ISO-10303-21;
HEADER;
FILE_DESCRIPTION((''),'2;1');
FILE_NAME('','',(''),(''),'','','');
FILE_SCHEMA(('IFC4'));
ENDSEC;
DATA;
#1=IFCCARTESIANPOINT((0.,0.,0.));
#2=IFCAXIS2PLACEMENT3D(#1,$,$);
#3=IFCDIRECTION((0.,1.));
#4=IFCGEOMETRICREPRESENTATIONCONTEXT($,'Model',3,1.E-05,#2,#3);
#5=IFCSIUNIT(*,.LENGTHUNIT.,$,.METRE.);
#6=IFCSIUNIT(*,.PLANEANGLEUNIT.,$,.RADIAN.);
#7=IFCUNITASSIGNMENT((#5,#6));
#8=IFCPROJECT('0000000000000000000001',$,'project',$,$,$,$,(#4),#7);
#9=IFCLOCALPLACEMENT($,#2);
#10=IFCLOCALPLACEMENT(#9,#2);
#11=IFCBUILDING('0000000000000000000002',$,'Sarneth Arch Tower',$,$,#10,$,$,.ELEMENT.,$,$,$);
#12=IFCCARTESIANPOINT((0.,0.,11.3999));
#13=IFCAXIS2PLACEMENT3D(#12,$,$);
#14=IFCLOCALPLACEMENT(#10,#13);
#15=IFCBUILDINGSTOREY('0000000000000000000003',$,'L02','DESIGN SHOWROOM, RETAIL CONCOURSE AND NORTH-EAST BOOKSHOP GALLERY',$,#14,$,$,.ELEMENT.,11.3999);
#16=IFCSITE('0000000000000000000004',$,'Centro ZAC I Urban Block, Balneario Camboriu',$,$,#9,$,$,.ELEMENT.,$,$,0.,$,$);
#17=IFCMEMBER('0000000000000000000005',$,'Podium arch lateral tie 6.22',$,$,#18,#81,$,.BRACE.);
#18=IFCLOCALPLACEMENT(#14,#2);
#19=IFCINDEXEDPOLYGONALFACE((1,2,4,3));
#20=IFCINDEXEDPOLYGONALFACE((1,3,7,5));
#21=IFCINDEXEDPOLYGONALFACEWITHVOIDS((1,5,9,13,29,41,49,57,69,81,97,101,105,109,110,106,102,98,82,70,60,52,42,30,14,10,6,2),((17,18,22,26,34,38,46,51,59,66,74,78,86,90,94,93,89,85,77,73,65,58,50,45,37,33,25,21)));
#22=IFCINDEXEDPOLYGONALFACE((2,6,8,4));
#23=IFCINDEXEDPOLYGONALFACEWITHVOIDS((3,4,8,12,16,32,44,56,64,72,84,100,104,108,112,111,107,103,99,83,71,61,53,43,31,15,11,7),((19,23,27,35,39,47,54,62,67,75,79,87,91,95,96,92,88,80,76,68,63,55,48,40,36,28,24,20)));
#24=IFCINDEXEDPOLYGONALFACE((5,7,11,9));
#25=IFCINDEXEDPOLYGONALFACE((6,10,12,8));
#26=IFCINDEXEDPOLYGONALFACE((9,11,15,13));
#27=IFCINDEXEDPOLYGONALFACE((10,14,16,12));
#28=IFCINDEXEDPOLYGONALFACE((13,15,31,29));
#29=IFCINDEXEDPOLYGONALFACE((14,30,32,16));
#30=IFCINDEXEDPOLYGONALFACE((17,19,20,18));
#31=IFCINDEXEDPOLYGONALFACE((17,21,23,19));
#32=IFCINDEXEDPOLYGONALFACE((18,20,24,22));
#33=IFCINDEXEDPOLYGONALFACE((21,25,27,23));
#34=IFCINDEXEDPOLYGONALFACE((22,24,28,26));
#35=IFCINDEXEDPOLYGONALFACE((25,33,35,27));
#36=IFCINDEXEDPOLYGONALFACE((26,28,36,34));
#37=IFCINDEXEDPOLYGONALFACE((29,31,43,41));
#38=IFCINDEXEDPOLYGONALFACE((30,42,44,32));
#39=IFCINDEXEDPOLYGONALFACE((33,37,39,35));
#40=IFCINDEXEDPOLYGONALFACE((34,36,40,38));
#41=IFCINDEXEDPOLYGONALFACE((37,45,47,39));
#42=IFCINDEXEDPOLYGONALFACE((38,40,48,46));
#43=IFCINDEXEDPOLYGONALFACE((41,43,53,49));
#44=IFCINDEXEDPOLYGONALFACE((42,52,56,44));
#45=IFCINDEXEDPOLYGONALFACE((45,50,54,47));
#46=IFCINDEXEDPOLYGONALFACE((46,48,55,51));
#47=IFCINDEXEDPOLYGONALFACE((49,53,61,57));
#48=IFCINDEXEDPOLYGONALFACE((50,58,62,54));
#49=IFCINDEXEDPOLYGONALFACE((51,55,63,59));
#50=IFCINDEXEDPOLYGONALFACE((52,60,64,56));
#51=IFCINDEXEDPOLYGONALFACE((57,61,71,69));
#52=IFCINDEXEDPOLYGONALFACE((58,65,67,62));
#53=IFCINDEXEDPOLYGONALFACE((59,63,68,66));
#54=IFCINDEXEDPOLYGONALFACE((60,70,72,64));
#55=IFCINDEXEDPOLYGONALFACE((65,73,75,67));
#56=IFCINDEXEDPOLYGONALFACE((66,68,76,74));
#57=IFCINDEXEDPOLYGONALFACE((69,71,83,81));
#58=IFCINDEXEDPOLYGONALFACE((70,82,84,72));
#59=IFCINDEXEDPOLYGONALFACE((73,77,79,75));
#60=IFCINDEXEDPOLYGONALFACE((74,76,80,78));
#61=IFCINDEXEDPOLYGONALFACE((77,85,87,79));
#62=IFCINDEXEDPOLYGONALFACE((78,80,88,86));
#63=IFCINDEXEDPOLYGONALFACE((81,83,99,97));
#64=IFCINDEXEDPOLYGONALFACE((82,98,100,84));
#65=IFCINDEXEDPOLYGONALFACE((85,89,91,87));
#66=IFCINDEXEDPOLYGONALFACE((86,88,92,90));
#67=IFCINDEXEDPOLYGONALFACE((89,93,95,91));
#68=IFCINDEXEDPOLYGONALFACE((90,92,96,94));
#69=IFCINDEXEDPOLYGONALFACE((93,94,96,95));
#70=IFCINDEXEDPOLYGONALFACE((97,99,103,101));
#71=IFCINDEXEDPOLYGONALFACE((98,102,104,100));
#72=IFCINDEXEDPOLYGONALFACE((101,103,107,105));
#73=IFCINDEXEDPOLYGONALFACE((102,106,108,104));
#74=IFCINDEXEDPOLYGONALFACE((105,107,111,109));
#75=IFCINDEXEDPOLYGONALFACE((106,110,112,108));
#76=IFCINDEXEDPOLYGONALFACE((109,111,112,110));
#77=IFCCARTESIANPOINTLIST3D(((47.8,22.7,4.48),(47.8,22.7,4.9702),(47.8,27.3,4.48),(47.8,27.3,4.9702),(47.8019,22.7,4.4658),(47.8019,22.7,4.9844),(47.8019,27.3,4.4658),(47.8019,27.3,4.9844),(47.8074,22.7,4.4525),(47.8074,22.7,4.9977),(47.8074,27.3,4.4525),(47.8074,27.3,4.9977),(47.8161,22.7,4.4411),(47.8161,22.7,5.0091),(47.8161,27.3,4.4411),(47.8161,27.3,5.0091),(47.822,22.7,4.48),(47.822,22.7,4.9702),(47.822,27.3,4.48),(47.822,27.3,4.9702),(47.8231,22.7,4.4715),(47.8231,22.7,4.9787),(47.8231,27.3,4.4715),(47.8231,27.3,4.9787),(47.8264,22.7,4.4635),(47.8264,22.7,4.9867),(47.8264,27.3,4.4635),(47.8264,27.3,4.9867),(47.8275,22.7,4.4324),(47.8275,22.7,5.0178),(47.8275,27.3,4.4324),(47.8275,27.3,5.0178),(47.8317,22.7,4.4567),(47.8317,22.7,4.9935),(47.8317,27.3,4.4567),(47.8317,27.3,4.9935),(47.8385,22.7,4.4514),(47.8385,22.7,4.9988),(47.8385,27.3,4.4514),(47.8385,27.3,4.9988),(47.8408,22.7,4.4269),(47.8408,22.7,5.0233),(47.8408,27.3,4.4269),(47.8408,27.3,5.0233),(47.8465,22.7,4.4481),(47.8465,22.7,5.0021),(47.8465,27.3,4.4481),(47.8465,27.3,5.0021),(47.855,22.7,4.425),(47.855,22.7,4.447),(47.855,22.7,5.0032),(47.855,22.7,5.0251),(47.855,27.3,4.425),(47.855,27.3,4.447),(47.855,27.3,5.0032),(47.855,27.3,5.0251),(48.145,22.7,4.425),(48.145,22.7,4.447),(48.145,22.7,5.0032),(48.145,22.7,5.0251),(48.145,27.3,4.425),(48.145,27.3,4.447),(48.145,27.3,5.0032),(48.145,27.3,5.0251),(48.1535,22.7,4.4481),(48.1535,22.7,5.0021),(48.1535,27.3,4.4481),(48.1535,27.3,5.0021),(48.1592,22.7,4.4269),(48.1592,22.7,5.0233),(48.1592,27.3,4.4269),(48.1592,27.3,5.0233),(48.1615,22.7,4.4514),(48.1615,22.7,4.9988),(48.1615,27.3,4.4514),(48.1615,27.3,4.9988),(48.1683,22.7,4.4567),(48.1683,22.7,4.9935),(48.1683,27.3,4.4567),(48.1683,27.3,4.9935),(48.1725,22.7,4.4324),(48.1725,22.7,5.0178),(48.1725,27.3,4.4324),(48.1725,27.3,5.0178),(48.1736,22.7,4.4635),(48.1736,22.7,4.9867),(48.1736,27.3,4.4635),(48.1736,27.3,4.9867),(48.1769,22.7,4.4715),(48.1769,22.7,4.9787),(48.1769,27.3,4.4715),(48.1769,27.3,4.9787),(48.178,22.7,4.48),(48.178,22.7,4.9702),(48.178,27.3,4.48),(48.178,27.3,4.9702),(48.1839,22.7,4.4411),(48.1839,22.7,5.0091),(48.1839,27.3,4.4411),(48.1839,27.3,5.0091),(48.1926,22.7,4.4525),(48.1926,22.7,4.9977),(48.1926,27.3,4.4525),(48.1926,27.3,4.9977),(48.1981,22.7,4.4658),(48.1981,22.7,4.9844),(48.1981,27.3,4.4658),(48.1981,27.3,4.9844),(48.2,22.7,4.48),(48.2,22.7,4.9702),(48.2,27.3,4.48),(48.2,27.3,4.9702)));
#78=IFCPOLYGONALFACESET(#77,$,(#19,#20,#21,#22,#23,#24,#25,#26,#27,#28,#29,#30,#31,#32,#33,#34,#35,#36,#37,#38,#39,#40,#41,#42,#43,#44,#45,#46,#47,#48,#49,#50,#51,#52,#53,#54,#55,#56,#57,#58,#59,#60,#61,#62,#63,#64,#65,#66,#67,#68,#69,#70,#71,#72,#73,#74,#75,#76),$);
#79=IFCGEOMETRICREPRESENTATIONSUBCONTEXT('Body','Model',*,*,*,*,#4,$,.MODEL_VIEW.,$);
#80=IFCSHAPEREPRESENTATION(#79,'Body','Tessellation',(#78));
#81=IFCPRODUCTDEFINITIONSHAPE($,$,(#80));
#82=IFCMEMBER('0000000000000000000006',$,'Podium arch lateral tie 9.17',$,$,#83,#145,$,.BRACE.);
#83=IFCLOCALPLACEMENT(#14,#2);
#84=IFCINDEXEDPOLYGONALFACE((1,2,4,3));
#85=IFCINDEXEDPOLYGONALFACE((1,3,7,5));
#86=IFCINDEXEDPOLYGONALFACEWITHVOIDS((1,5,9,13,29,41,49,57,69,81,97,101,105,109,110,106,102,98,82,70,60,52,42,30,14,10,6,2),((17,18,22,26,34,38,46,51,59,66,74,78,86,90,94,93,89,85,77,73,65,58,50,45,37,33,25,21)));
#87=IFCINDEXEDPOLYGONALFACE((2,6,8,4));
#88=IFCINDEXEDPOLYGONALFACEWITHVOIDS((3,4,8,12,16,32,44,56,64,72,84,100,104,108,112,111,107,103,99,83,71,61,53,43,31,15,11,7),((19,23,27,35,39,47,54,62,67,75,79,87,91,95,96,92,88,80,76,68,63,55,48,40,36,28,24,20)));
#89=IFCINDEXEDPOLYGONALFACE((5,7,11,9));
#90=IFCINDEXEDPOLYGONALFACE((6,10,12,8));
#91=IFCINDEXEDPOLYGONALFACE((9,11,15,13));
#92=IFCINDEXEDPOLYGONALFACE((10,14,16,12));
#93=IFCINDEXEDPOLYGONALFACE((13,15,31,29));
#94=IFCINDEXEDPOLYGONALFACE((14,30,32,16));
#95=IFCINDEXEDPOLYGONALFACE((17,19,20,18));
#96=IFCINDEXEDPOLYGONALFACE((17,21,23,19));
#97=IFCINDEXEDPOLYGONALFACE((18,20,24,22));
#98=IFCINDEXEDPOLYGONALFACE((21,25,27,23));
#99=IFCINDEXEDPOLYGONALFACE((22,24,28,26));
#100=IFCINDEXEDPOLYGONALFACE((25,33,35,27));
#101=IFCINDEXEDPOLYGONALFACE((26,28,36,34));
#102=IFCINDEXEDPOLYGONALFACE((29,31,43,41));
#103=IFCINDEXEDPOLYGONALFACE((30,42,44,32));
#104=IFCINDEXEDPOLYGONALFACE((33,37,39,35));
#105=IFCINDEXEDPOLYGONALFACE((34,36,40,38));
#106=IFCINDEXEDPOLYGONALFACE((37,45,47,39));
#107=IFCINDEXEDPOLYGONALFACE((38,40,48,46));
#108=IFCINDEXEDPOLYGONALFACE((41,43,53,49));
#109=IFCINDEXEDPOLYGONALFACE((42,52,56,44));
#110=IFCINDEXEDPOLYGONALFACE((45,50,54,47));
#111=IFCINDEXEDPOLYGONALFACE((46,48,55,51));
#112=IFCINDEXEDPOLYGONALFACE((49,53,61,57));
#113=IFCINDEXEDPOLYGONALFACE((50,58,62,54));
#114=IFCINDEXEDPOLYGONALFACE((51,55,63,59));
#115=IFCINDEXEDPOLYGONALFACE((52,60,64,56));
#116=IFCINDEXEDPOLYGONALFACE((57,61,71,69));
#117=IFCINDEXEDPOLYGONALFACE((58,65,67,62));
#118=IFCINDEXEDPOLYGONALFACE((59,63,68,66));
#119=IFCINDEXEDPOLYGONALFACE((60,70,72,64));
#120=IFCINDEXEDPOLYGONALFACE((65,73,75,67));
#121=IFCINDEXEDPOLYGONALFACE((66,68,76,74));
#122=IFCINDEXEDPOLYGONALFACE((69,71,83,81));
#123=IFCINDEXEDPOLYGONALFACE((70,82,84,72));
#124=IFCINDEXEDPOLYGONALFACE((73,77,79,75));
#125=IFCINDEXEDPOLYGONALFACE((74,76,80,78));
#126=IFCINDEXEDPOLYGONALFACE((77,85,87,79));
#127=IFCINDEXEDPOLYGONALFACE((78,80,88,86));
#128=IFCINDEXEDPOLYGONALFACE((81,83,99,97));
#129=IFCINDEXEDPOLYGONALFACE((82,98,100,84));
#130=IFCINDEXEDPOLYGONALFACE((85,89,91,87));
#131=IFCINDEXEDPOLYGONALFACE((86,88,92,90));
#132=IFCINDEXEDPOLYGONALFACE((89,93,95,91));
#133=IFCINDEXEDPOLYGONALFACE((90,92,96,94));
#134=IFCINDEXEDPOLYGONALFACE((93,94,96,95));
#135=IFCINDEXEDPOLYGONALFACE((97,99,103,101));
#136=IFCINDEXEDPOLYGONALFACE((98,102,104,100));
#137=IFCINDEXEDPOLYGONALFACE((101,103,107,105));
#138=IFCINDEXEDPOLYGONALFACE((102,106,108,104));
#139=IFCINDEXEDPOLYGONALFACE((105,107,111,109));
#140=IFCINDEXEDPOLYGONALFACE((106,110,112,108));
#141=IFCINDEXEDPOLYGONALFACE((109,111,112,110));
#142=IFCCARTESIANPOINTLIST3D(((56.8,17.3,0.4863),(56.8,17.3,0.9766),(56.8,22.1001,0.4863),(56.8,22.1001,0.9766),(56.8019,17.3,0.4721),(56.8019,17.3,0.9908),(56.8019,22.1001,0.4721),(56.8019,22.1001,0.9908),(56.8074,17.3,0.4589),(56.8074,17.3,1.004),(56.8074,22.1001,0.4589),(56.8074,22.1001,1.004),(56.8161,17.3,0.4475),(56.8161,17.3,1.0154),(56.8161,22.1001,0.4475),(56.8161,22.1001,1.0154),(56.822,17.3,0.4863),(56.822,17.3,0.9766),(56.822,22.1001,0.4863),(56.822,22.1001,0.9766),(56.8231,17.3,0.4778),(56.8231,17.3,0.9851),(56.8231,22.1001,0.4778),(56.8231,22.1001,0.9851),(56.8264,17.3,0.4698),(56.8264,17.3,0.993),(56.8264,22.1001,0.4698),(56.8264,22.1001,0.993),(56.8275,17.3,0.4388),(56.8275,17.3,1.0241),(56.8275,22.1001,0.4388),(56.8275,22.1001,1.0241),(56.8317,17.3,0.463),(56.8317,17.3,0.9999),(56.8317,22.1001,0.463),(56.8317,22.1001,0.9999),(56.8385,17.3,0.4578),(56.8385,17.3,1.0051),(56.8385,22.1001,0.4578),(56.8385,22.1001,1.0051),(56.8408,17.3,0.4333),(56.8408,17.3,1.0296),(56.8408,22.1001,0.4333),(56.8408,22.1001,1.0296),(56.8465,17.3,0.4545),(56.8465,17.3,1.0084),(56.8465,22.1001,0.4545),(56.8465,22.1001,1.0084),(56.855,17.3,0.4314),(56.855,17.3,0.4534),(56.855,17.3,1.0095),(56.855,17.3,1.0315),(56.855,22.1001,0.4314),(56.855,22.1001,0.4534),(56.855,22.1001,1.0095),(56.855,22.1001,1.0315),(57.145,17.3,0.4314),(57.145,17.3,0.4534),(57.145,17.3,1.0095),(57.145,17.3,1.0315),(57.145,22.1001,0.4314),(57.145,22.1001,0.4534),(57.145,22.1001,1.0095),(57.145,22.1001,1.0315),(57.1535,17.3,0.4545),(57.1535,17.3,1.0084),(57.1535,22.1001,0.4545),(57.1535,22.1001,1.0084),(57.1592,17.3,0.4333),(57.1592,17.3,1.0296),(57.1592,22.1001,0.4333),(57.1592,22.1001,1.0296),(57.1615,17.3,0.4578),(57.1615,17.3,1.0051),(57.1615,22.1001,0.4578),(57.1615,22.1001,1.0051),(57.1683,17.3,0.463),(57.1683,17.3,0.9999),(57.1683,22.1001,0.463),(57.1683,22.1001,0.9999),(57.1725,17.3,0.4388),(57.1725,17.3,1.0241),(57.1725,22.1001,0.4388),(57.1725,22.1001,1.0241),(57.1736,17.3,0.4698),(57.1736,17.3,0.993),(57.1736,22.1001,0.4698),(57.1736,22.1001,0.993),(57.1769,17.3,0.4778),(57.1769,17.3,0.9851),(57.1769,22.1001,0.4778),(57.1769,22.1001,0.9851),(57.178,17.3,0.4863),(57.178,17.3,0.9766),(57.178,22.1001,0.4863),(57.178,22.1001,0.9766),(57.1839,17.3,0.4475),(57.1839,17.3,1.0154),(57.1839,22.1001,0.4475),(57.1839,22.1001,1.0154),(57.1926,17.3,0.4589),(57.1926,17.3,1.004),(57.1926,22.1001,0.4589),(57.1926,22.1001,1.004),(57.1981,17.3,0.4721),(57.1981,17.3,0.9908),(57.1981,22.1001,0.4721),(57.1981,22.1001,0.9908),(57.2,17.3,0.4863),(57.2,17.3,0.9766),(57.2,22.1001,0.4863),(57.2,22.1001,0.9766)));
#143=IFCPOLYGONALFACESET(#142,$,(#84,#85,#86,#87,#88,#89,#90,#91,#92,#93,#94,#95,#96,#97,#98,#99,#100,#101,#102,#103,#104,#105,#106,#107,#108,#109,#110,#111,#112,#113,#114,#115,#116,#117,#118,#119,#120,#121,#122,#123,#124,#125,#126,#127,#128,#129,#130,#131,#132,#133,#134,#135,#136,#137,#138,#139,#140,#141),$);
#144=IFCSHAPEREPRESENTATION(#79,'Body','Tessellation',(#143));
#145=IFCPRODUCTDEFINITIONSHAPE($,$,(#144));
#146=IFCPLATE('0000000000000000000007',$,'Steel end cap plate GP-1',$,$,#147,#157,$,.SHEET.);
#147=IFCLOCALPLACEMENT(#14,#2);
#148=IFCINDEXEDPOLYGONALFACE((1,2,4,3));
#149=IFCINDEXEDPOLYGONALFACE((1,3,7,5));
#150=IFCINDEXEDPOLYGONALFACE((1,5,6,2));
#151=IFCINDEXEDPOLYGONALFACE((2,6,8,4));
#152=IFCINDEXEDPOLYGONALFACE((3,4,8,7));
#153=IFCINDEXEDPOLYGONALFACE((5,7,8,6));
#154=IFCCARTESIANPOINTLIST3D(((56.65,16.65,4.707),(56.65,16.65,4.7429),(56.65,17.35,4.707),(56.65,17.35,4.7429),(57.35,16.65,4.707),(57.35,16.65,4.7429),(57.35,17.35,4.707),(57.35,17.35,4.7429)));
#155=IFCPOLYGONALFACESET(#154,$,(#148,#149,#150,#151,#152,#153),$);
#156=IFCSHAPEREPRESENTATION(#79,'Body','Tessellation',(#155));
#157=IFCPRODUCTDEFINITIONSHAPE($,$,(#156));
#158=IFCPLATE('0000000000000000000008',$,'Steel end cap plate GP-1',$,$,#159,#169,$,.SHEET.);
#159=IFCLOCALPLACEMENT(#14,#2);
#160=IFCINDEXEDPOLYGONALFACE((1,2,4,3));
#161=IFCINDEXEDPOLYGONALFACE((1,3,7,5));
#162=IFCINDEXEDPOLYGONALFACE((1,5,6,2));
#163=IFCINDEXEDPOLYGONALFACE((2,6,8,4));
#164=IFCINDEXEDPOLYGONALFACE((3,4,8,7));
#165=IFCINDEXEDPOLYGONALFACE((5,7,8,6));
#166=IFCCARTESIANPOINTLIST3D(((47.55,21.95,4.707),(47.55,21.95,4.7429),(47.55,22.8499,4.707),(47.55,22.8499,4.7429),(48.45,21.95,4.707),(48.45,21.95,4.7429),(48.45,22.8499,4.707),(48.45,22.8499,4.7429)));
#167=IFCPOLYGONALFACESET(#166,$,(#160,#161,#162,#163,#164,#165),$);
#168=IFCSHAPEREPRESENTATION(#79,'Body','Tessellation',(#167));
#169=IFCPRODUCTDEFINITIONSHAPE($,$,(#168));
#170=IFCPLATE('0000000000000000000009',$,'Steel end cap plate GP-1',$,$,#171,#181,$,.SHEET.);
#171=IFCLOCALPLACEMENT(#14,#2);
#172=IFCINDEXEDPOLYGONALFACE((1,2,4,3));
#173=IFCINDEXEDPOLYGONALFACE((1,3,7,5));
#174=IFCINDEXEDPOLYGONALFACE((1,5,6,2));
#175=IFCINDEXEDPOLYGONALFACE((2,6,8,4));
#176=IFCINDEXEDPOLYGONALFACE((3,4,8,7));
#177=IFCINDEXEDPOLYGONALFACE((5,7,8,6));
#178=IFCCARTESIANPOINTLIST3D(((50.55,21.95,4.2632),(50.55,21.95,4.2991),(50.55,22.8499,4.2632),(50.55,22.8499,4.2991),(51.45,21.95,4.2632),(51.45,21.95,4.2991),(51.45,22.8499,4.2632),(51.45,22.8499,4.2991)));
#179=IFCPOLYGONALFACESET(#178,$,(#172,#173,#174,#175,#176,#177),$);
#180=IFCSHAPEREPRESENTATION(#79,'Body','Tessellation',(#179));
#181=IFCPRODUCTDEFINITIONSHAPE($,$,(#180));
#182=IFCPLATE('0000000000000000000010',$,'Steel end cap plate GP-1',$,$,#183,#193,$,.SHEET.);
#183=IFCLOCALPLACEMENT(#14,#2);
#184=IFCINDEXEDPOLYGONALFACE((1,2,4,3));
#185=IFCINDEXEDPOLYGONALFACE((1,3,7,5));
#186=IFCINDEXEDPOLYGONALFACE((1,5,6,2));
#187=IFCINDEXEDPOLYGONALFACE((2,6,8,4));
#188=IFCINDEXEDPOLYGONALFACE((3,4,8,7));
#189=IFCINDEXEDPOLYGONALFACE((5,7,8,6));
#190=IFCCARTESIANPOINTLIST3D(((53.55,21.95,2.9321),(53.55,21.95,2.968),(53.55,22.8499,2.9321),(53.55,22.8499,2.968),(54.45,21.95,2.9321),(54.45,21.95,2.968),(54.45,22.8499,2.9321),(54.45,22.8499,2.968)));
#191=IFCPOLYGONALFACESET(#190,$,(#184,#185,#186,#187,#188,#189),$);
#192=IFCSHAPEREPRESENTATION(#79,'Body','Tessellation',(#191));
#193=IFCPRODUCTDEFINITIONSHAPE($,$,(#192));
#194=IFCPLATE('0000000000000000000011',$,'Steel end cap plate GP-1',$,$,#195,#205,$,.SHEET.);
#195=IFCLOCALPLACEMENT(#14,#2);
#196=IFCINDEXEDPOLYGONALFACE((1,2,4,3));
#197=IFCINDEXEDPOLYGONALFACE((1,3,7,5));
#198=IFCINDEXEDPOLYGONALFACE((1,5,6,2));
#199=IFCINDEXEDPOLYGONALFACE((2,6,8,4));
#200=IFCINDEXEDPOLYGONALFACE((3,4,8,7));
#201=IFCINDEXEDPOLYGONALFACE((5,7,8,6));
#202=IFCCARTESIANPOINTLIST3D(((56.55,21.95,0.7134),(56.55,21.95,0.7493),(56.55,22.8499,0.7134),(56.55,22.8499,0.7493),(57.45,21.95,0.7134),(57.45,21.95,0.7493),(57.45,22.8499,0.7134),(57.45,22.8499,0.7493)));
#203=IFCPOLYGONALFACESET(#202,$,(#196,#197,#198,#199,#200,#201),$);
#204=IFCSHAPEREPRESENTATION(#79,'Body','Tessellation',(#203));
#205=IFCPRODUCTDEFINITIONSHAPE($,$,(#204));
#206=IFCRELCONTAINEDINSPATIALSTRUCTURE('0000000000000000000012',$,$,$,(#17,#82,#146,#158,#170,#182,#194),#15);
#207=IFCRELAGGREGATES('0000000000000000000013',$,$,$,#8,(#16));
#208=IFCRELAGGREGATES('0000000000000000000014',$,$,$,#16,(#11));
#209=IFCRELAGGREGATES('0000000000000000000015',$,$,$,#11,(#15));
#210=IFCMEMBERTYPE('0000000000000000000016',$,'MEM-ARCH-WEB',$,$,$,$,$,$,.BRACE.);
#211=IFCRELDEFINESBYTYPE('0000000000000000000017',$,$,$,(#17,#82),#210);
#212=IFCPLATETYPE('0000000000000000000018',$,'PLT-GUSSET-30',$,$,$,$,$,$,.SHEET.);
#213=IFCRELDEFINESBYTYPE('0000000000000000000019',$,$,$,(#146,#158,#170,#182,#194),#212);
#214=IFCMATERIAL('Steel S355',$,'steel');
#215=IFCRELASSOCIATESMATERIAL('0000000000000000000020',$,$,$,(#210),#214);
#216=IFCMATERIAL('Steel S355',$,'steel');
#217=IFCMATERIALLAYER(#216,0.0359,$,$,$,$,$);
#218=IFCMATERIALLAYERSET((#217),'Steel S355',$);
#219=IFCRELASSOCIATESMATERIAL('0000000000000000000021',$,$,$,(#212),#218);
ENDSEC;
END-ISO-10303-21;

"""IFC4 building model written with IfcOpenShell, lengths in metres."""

from ifc_helpers import new_model, si_unit, direction, frame, origin, origin_2d, place, context, subcontext, project, spatial, rectangle, hollow_rectangle, extrude, material, layer, layer_set, material_profile, profile_set, type_object, element, save


model = new_model("IFC4")

# Units and contexts
model_context = context("Model", 3, precision=1e-05, world=origin(), true_north=direction((0.0, 1.0)))
body_context = subcontext(model_context, "Body", "Model", "MODEL_VIEW")
ifc_project = project(units=[si_unit("LENGTHUNIT", "METRE"), si_unit("PLANEANGLEUNIT", "RADIAN")], contexts=[model_context])

# Site, building, storey
site_placement = place(None, origin())
site = spatial("IfcSite", under=ifc_project, at=site_placement, Name="Centro ZAC I Urban Block, Balneario Camboriu", CompositionType="ELEMENT", RefElevation=0.0)
building_placement = place(site_placement, origin())
building = spatial("IfcBuilding", under=site, at=building_placement, Name="Sarneth Arch Tower", CompositionType="ELEMENT")
storey_placement = place(building_placement, frame((0.0, 0.0, 11.3999)))
storey = spatial("IfcBuildingStorey", under=building, at=storey_placement, Name="L02", Description="DESIGN SHOWROOM, RETAIL CONCOURSE AND NORTH-EAST BOOKSHOP GALLERY", CompositionType="ELEMENT", Elevation=11.3999)

# Members
ifc_material_1 = material(Name="Steel S355", Category="steel")
ifc_material_profile_1 = material_profile(ifc_material_1, hollow_rectangle(XDim=0.3999, YDim=0.6001, WallThickness=0.022, InnerFilletRadius=0.033, OuterFilletRadius=0.0549, at=origin_2d()), Name="RHS600x400x22")
ifc_profile_set_1 = profile_set([ifc_material_profile_1], Name="Steel S355")
member_type_1 = type_object("IfcMemberType", Name="MEM-ARCH-WEB", PredefinedType="BRACE", material=ifc_profile_set_1)
member_1_placement = place(storey_placement, frame((48.0, 22.7, 4.7251), z_axis=(0.0, 1.0, 0.0), x_axis=(-1.0, 0.0, 0.0)))
element("IfcMember", 1, at=member_1_placement, inside=storey, type_object=member_type_1, Name="Podium arch lateral tie 6.22", PredefinedType="BRACE", context=body_context, shape_type="SweptSolid", body=[
    extrude(hollow_rectangle(XDim=0.3999, YDim=0.6001, WallThickness=0.022, InnerFilletRadius=0.033, OuterFilletRadius=0.0549, at=origin_2d()), origin(), (0.0, 0.0, 1.0), 4.6001),
])
member_2_placement = place(storey_placement, frame((57.0, 17.3, 0.7314), z_axis=(0.0, 1.0, 0.0), x_axis=(-1.0, 0.0, 0.0)))
element("IfcMember", 2, at=member_2_placement, inside=storey, type_object=member_type_1, Name="Podium arch lateral tie 9.17", PredefinedType="BRACE", context=body_context, shape_type="SweptSolid", body=[
    extrude(hollow_rectangle(XDim=0.3999, YDim=0.6001, WallThickness=0.022, InnerFilletRadius=0.033, OuterFilletRadius=0.0549, at=origin_2d()), origin(), (0.0, 0.0, 1.0), 4.8),
])

# Plates
ifc_material_2 = material(Name="Steel S355", Category="steel")
ifc_layer = layer(ifc_material_2, 0.0359)
ifc_layer_set = layer_set([ifc_layer], Name="Steel S355")
plate_type = type_object("IfcPlateType", Name="PLT-GUSSET-30", PredefinedType="SHEET", material=ifc_layer_set)
plate_placement = place(storey_placement, frame((57.0, 17.0, 4.707), z_axis=(0.0, 0.0, 1.0), x_axis=(1.0, 0.0, 0.0)))
element("IfcPlate", 3, at=plate_placement, inside=storey, type_object=plate_type, Name="Steel end cap plate GP-1", PredefinedType="SHEET", context=body_context, shape_type="SweptSolid", body=[
    extrude(rectangle(XDim=0.7, YDim=0.7, at=origin_2d()), origin(), (0.0, 0.0, 1.0), 0.0359),
])
for number, where, z_axis, x_axis, name in (
    (4, (48.0, 22.3999, 4.707), (0.0, 0.0, 1.0), (-1.0, 0.0, 0.0), "Steel end cap plate GP-1"),
    (5, (51.0, 22.3999, 4.2632), (0.0, 0.0, 1.0), (-1.0, 0.0, 0.0), "Steel end cap plate GP-1"),
    (6, (54.0, 22.3999, 2.9321), (0.0, 0.0, 1.0), (-1.0, 0.0, 0.0), "Steel end cap plate GP-1"),
    (7, (57.0, 22.3999, 0.7134), (0.0, 0.0, 1.0), (-1.0, 0.0, 0.0), "Steel end cap plate GP-1"),
):
    element("IfcPlate", number, at=place(storey_placement, frame(where, z_axis=z_axis, x_axis=x_axis)), inside=storey, type_object=plate_type, Name=name, PredefinedType="SHEET", context=body_context, shape_type="SweptSolid", body=[
        extrude(rectangle(XDim=0.8999, YDim=0.8999, at=origin_2d()), origin(), (0.0, 0.0, 1.0), 0.0359),
    ])

save(model, "model.ifc")
